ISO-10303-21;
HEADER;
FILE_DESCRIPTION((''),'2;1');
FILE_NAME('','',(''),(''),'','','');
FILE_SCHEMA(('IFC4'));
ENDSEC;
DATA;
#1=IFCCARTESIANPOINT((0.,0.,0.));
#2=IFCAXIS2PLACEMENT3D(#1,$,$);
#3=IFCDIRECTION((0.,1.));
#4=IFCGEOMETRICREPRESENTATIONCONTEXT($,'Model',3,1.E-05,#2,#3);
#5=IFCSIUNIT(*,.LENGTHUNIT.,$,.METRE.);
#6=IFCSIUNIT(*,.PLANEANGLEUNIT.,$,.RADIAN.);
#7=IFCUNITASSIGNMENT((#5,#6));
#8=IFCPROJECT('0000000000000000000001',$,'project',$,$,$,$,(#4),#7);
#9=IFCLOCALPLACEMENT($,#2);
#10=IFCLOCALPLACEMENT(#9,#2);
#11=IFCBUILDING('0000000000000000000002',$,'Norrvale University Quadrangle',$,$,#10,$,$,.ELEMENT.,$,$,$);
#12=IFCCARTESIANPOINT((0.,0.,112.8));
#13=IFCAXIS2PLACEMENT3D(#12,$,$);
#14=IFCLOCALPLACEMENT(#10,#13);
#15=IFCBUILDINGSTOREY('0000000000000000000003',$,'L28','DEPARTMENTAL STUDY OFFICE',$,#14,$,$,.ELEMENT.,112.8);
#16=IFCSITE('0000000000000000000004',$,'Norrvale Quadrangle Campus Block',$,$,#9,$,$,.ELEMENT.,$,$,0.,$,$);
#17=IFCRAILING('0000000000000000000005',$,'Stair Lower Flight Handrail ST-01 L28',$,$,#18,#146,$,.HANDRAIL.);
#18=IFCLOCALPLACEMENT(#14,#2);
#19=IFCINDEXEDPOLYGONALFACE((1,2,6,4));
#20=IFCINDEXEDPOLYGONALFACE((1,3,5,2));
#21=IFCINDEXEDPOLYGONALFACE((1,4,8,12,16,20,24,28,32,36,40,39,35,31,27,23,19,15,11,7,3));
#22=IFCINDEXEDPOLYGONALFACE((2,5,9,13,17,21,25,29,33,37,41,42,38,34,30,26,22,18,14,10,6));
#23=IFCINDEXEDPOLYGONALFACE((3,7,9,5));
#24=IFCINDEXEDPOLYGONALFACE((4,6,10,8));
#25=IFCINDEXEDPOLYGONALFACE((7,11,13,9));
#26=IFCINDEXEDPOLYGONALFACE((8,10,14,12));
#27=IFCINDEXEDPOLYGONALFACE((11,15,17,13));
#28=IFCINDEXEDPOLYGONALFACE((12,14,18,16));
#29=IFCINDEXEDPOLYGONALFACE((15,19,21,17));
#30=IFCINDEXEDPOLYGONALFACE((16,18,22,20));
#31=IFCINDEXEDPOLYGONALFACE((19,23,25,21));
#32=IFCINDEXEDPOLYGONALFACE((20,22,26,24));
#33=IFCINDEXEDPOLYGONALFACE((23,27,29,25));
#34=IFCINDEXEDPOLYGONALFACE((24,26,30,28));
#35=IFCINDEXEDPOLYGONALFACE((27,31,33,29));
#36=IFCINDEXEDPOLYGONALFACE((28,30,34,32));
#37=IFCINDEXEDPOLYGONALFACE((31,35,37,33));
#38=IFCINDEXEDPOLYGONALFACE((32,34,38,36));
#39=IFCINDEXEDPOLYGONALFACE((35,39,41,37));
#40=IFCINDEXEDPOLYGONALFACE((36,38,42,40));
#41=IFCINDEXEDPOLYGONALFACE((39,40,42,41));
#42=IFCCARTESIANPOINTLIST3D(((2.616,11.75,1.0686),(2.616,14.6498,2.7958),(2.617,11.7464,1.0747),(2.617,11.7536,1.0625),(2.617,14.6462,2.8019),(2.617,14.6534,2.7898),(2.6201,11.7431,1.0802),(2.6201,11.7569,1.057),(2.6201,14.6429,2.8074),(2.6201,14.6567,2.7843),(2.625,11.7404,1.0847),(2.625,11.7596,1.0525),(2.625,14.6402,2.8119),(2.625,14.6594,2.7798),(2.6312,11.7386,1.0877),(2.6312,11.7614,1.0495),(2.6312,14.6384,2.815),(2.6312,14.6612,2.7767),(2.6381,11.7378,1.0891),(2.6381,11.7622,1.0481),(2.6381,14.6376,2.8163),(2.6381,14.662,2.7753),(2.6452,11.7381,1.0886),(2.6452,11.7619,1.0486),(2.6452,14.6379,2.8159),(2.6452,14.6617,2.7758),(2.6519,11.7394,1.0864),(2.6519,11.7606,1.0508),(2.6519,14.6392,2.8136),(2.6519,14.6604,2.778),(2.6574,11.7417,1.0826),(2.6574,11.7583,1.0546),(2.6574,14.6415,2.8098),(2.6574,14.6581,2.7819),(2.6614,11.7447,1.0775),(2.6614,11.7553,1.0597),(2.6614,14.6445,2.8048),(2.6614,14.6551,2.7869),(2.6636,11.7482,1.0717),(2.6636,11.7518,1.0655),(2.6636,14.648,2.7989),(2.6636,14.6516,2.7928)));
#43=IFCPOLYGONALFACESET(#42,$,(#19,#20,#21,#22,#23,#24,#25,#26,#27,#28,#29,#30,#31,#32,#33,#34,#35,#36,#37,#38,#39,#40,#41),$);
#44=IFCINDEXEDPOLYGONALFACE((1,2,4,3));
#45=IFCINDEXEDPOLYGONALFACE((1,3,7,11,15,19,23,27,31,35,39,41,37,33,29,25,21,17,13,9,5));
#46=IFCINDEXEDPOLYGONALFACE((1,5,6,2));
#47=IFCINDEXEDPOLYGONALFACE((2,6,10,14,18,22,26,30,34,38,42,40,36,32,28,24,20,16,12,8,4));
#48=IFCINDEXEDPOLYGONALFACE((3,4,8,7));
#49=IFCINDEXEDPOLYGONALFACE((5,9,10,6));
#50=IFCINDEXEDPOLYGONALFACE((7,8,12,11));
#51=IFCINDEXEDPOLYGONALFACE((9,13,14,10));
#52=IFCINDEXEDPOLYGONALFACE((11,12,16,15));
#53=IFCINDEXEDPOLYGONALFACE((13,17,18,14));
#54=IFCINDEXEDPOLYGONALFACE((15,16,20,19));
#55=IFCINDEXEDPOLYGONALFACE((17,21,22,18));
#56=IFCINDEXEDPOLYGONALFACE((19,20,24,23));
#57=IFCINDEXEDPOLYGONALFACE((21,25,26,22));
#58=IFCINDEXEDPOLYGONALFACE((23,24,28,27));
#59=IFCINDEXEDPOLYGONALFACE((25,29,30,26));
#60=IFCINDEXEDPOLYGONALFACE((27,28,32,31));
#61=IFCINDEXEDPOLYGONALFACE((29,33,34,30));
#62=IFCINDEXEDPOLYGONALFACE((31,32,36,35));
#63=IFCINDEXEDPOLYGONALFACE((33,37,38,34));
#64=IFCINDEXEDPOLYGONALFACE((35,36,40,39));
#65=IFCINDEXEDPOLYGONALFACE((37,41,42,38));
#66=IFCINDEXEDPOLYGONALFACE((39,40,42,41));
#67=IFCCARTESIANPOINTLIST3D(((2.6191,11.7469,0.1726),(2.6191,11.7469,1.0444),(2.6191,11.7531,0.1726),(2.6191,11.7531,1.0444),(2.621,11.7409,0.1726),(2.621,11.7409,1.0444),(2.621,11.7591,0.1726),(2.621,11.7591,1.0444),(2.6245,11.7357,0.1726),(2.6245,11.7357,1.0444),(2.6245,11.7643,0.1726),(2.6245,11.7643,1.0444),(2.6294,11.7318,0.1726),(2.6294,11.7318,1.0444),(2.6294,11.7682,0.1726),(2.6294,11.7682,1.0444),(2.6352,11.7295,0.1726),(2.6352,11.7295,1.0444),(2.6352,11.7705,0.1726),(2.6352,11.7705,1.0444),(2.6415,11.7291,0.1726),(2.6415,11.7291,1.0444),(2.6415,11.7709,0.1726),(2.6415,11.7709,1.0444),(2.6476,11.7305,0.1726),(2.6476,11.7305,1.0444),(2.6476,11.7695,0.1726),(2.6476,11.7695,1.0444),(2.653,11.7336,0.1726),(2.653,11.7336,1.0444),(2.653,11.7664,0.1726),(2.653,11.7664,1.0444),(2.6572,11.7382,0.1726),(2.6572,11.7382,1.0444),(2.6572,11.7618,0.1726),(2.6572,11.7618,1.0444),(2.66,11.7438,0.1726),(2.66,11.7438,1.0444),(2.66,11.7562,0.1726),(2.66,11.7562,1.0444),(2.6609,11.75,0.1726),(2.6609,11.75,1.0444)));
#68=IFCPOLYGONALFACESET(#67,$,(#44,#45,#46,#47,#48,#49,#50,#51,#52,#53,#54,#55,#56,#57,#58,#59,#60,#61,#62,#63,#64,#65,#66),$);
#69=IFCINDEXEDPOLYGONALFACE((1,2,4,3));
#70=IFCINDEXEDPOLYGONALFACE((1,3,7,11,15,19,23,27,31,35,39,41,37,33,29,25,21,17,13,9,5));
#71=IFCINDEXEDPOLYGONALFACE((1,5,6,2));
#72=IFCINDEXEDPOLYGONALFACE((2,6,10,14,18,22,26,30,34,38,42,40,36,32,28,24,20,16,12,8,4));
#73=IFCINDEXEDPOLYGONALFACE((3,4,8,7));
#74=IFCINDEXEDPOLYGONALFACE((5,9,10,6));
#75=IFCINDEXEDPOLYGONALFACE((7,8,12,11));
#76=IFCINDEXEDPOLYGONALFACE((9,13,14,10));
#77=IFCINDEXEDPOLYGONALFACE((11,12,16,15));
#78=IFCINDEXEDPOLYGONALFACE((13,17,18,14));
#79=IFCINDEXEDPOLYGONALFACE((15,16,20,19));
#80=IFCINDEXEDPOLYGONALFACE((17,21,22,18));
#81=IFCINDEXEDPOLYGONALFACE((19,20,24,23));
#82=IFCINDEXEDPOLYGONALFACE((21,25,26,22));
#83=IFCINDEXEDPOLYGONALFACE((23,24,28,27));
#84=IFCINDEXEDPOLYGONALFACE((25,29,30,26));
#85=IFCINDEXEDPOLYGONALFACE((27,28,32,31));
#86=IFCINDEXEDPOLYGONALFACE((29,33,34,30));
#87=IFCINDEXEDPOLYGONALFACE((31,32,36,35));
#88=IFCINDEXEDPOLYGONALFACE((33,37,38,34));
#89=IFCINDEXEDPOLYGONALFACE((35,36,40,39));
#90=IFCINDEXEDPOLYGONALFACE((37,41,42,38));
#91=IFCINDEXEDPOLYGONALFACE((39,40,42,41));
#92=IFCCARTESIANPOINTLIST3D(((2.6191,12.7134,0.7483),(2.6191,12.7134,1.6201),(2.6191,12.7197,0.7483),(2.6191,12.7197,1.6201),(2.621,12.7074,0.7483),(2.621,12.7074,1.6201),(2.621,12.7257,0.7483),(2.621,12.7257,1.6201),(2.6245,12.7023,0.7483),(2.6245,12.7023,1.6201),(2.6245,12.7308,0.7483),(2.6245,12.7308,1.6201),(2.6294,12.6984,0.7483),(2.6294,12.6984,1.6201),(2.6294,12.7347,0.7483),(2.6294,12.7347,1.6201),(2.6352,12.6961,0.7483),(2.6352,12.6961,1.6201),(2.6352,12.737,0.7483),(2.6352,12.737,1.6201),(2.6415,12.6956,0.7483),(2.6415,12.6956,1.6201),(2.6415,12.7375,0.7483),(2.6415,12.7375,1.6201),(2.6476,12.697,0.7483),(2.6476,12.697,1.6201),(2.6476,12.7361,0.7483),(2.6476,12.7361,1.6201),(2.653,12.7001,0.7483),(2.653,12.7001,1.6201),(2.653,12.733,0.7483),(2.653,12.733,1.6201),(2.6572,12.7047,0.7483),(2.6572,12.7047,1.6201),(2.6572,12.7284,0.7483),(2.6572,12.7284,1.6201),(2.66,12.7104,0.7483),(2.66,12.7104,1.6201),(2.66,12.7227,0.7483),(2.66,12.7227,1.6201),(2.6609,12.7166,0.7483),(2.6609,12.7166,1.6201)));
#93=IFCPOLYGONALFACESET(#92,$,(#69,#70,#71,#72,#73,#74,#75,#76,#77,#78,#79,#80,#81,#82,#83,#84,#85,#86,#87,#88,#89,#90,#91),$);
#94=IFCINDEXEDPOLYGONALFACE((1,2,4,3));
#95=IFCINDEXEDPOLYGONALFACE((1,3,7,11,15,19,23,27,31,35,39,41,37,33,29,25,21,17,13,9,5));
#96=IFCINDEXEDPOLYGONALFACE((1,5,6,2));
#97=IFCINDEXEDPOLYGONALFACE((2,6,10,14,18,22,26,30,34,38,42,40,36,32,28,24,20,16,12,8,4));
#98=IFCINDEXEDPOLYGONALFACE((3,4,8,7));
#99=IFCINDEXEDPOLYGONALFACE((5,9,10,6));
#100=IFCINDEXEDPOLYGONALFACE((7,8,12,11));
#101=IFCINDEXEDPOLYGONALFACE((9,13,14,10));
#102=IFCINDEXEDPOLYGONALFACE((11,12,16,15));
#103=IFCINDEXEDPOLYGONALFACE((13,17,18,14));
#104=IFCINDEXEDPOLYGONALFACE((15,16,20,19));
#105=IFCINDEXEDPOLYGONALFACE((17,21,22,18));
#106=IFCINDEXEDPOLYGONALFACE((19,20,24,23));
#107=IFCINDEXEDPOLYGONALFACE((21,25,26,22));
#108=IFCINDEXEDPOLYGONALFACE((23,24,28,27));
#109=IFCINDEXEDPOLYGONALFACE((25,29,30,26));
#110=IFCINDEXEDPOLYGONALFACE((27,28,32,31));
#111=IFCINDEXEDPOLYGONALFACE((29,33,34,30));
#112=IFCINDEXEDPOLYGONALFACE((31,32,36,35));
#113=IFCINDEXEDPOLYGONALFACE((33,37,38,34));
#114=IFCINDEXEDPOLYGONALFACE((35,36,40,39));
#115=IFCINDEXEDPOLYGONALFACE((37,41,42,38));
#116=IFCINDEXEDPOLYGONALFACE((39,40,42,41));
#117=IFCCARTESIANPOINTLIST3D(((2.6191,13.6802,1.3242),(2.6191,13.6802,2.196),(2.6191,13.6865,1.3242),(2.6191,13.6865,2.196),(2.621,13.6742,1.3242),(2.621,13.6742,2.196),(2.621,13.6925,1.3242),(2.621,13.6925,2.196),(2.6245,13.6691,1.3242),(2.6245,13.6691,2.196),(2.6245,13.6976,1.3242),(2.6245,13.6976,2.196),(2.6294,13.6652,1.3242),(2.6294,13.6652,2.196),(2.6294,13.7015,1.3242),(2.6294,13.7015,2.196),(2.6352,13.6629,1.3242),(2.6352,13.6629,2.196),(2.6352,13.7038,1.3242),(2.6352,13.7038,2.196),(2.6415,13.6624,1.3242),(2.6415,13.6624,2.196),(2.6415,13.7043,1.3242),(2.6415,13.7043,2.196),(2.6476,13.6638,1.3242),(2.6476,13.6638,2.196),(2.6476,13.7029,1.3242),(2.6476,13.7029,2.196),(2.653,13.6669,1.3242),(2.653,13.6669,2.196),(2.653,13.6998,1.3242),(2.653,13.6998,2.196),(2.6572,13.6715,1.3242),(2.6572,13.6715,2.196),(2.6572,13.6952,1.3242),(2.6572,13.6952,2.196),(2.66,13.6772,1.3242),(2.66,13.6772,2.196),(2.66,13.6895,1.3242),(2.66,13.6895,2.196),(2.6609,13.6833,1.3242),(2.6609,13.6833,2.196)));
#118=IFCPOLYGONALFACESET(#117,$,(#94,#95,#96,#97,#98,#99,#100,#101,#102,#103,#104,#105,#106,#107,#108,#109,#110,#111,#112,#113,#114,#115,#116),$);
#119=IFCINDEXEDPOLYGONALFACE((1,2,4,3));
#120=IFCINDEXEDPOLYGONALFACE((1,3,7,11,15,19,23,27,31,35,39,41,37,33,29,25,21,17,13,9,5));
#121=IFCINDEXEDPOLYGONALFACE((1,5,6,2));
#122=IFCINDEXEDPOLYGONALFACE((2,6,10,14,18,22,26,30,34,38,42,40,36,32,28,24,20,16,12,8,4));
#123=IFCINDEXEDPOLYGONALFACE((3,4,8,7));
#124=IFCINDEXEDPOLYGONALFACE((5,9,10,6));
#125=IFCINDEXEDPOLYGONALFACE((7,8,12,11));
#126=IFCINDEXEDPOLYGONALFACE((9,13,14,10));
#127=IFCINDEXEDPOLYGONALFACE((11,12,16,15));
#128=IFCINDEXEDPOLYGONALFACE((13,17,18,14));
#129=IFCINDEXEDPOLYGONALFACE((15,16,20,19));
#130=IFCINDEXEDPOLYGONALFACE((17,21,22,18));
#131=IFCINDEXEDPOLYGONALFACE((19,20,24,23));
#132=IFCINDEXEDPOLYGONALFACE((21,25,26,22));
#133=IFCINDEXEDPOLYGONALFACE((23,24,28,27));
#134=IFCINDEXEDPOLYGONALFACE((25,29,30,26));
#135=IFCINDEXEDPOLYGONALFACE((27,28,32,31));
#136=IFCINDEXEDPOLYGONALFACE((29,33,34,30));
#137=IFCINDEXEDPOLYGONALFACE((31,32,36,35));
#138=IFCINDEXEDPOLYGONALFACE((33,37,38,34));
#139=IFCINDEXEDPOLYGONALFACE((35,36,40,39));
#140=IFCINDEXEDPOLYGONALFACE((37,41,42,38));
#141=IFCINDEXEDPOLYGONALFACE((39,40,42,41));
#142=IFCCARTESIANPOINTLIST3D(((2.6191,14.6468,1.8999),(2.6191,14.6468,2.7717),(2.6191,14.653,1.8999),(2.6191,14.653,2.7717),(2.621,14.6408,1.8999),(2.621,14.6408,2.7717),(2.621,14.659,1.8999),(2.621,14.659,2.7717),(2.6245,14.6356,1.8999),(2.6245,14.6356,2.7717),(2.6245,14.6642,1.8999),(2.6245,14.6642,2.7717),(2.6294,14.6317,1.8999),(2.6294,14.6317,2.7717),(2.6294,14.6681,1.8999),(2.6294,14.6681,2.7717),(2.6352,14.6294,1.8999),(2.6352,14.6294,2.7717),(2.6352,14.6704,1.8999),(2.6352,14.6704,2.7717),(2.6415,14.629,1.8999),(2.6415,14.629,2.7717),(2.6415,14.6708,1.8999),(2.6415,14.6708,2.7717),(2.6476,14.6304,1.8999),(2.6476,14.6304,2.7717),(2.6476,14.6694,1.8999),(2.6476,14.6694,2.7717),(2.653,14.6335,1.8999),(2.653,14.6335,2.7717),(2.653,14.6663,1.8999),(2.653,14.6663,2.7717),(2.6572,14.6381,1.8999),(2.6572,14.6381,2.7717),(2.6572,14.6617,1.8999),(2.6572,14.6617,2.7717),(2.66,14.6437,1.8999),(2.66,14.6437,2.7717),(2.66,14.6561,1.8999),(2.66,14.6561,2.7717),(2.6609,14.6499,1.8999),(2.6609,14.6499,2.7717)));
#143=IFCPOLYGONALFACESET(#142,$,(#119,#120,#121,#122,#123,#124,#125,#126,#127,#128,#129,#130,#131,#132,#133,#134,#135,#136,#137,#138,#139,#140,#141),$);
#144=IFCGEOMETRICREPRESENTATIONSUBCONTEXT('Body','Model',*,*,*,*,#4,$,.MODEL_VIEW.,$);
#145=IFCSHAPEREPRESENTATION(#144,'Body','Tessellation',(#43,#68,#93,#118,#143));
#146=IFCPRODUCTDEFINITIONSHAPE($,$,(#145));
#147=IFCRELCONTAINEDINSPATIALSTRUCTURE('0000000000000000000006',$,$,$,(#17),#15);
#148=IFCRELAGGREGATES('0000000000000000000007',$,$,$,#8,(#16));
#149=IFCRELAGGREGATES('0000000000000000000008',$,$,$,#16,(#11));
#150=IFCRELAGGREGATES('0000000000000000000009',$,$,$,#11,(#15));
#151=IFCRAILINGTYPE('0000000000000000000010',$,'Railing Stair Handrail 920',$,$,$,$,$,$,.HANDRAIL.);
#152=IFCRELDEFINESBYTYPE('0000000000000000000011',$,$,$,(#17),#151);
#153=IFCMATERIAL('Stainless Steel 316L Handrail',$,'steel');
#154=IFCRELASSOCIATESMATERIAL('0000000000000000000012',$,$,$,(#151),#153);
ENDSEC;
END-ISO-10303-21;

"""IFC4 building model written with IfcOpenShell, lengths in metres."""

from ifc_helpers import new_model, si_unit, direction, frame, origin, origin_2d, place, context, subcontext, project, spatial, circle, extrude, material, type_object, element, save


model = new_model("IFC4")

# Units and contexts
model_context = context("Model", 3, precision=1e-05, world=origin(), true_north=direction((0.0, 1.0)))
body_context = subcontext(model_context, "Body", "Model", "MODEL_VIEW")
ifc_project = project(units=[si_unit("LENGTHUNIT", "METRE"), si_unit("PLANEANGLEUNIT", "RADIAN")], contexts=[model_context])

# Site, building, storey
site_placement = place(None, origin())
site = spatial("IfcSite", under=ifc_project, at=site_placement, Name="Norrvale Quadrangle Campus Block", CompositionType="ELEMENT", RefElevation=0.0)
building_placement = place(site_placement, origin())
building = spatial("IfcBuilding", under=site, at=building_placement, Name="Norrvale University Quadrangle", CompositionType="ELEMENT")
storey_placement = place(building_placement, frame((0.0, 0.0, 112.8)))
storey = spatial("IfcBuildingStorey", under=building, at=storey_placement, Name="L28", Description="DEPARTMENTAL STUDY OFFICE", CompositionType="ELEMENT", Elevation=112.8)

# Railing
ifc_material_1 = material(Name="Stainless Steel 316L Handrail", Category="steel")
railing_type_1 = type_object("IfcRailingType", Name="Railing Stair Handrail 920", PredefinedType="HANDRAIL", material=ifc_material_1)
railing_1_placement = place(storey_placement, frame((2.6399, 11.75, 0.1726)))
element("IfcRailing", 1, at=railing_1_placement, inside=storey, type_object=railing_type_1, Name="Stair Lower Flight Handrail ST-01 L28", PredefinedType="HANDRAIL", context=body_context, shape_type="SweptSolid", body=[
    extrude(circle(Radius=0.0239, at=origin_2d()), frame((0.0, 0.0, 0.896), z_axis=(0.0, 0.859141, 0.511738), x_axis=(-1.0, 0.0, 0.0)), (0.0, 0.0, 1.0), 3.3752),
    extrude(circle(Radius=0.021, at=origin_2d()), origin(), (0.0, 0.0, 1.0), 0.8718),
    extrude(circle(Radius=0.021, at=origin_2d()), frame((0.0, 0.9666, 0.5757)), (0.0, 0.0, 1.0), 0.8718),
    extrude(circle(Radius=0.021, at=origin_2d()), frame((0.0, 1.9333, 1.1516)), (0.0, 0.0, 1.0), 0.8718),
    extrude(circle(Radius=0.021, at=origin_2d()), frame((0.0, 2.8999, 1.7273)), (0.0, 0.0, 1.0), 0.8718),
])

save(model, "model.ifc")
